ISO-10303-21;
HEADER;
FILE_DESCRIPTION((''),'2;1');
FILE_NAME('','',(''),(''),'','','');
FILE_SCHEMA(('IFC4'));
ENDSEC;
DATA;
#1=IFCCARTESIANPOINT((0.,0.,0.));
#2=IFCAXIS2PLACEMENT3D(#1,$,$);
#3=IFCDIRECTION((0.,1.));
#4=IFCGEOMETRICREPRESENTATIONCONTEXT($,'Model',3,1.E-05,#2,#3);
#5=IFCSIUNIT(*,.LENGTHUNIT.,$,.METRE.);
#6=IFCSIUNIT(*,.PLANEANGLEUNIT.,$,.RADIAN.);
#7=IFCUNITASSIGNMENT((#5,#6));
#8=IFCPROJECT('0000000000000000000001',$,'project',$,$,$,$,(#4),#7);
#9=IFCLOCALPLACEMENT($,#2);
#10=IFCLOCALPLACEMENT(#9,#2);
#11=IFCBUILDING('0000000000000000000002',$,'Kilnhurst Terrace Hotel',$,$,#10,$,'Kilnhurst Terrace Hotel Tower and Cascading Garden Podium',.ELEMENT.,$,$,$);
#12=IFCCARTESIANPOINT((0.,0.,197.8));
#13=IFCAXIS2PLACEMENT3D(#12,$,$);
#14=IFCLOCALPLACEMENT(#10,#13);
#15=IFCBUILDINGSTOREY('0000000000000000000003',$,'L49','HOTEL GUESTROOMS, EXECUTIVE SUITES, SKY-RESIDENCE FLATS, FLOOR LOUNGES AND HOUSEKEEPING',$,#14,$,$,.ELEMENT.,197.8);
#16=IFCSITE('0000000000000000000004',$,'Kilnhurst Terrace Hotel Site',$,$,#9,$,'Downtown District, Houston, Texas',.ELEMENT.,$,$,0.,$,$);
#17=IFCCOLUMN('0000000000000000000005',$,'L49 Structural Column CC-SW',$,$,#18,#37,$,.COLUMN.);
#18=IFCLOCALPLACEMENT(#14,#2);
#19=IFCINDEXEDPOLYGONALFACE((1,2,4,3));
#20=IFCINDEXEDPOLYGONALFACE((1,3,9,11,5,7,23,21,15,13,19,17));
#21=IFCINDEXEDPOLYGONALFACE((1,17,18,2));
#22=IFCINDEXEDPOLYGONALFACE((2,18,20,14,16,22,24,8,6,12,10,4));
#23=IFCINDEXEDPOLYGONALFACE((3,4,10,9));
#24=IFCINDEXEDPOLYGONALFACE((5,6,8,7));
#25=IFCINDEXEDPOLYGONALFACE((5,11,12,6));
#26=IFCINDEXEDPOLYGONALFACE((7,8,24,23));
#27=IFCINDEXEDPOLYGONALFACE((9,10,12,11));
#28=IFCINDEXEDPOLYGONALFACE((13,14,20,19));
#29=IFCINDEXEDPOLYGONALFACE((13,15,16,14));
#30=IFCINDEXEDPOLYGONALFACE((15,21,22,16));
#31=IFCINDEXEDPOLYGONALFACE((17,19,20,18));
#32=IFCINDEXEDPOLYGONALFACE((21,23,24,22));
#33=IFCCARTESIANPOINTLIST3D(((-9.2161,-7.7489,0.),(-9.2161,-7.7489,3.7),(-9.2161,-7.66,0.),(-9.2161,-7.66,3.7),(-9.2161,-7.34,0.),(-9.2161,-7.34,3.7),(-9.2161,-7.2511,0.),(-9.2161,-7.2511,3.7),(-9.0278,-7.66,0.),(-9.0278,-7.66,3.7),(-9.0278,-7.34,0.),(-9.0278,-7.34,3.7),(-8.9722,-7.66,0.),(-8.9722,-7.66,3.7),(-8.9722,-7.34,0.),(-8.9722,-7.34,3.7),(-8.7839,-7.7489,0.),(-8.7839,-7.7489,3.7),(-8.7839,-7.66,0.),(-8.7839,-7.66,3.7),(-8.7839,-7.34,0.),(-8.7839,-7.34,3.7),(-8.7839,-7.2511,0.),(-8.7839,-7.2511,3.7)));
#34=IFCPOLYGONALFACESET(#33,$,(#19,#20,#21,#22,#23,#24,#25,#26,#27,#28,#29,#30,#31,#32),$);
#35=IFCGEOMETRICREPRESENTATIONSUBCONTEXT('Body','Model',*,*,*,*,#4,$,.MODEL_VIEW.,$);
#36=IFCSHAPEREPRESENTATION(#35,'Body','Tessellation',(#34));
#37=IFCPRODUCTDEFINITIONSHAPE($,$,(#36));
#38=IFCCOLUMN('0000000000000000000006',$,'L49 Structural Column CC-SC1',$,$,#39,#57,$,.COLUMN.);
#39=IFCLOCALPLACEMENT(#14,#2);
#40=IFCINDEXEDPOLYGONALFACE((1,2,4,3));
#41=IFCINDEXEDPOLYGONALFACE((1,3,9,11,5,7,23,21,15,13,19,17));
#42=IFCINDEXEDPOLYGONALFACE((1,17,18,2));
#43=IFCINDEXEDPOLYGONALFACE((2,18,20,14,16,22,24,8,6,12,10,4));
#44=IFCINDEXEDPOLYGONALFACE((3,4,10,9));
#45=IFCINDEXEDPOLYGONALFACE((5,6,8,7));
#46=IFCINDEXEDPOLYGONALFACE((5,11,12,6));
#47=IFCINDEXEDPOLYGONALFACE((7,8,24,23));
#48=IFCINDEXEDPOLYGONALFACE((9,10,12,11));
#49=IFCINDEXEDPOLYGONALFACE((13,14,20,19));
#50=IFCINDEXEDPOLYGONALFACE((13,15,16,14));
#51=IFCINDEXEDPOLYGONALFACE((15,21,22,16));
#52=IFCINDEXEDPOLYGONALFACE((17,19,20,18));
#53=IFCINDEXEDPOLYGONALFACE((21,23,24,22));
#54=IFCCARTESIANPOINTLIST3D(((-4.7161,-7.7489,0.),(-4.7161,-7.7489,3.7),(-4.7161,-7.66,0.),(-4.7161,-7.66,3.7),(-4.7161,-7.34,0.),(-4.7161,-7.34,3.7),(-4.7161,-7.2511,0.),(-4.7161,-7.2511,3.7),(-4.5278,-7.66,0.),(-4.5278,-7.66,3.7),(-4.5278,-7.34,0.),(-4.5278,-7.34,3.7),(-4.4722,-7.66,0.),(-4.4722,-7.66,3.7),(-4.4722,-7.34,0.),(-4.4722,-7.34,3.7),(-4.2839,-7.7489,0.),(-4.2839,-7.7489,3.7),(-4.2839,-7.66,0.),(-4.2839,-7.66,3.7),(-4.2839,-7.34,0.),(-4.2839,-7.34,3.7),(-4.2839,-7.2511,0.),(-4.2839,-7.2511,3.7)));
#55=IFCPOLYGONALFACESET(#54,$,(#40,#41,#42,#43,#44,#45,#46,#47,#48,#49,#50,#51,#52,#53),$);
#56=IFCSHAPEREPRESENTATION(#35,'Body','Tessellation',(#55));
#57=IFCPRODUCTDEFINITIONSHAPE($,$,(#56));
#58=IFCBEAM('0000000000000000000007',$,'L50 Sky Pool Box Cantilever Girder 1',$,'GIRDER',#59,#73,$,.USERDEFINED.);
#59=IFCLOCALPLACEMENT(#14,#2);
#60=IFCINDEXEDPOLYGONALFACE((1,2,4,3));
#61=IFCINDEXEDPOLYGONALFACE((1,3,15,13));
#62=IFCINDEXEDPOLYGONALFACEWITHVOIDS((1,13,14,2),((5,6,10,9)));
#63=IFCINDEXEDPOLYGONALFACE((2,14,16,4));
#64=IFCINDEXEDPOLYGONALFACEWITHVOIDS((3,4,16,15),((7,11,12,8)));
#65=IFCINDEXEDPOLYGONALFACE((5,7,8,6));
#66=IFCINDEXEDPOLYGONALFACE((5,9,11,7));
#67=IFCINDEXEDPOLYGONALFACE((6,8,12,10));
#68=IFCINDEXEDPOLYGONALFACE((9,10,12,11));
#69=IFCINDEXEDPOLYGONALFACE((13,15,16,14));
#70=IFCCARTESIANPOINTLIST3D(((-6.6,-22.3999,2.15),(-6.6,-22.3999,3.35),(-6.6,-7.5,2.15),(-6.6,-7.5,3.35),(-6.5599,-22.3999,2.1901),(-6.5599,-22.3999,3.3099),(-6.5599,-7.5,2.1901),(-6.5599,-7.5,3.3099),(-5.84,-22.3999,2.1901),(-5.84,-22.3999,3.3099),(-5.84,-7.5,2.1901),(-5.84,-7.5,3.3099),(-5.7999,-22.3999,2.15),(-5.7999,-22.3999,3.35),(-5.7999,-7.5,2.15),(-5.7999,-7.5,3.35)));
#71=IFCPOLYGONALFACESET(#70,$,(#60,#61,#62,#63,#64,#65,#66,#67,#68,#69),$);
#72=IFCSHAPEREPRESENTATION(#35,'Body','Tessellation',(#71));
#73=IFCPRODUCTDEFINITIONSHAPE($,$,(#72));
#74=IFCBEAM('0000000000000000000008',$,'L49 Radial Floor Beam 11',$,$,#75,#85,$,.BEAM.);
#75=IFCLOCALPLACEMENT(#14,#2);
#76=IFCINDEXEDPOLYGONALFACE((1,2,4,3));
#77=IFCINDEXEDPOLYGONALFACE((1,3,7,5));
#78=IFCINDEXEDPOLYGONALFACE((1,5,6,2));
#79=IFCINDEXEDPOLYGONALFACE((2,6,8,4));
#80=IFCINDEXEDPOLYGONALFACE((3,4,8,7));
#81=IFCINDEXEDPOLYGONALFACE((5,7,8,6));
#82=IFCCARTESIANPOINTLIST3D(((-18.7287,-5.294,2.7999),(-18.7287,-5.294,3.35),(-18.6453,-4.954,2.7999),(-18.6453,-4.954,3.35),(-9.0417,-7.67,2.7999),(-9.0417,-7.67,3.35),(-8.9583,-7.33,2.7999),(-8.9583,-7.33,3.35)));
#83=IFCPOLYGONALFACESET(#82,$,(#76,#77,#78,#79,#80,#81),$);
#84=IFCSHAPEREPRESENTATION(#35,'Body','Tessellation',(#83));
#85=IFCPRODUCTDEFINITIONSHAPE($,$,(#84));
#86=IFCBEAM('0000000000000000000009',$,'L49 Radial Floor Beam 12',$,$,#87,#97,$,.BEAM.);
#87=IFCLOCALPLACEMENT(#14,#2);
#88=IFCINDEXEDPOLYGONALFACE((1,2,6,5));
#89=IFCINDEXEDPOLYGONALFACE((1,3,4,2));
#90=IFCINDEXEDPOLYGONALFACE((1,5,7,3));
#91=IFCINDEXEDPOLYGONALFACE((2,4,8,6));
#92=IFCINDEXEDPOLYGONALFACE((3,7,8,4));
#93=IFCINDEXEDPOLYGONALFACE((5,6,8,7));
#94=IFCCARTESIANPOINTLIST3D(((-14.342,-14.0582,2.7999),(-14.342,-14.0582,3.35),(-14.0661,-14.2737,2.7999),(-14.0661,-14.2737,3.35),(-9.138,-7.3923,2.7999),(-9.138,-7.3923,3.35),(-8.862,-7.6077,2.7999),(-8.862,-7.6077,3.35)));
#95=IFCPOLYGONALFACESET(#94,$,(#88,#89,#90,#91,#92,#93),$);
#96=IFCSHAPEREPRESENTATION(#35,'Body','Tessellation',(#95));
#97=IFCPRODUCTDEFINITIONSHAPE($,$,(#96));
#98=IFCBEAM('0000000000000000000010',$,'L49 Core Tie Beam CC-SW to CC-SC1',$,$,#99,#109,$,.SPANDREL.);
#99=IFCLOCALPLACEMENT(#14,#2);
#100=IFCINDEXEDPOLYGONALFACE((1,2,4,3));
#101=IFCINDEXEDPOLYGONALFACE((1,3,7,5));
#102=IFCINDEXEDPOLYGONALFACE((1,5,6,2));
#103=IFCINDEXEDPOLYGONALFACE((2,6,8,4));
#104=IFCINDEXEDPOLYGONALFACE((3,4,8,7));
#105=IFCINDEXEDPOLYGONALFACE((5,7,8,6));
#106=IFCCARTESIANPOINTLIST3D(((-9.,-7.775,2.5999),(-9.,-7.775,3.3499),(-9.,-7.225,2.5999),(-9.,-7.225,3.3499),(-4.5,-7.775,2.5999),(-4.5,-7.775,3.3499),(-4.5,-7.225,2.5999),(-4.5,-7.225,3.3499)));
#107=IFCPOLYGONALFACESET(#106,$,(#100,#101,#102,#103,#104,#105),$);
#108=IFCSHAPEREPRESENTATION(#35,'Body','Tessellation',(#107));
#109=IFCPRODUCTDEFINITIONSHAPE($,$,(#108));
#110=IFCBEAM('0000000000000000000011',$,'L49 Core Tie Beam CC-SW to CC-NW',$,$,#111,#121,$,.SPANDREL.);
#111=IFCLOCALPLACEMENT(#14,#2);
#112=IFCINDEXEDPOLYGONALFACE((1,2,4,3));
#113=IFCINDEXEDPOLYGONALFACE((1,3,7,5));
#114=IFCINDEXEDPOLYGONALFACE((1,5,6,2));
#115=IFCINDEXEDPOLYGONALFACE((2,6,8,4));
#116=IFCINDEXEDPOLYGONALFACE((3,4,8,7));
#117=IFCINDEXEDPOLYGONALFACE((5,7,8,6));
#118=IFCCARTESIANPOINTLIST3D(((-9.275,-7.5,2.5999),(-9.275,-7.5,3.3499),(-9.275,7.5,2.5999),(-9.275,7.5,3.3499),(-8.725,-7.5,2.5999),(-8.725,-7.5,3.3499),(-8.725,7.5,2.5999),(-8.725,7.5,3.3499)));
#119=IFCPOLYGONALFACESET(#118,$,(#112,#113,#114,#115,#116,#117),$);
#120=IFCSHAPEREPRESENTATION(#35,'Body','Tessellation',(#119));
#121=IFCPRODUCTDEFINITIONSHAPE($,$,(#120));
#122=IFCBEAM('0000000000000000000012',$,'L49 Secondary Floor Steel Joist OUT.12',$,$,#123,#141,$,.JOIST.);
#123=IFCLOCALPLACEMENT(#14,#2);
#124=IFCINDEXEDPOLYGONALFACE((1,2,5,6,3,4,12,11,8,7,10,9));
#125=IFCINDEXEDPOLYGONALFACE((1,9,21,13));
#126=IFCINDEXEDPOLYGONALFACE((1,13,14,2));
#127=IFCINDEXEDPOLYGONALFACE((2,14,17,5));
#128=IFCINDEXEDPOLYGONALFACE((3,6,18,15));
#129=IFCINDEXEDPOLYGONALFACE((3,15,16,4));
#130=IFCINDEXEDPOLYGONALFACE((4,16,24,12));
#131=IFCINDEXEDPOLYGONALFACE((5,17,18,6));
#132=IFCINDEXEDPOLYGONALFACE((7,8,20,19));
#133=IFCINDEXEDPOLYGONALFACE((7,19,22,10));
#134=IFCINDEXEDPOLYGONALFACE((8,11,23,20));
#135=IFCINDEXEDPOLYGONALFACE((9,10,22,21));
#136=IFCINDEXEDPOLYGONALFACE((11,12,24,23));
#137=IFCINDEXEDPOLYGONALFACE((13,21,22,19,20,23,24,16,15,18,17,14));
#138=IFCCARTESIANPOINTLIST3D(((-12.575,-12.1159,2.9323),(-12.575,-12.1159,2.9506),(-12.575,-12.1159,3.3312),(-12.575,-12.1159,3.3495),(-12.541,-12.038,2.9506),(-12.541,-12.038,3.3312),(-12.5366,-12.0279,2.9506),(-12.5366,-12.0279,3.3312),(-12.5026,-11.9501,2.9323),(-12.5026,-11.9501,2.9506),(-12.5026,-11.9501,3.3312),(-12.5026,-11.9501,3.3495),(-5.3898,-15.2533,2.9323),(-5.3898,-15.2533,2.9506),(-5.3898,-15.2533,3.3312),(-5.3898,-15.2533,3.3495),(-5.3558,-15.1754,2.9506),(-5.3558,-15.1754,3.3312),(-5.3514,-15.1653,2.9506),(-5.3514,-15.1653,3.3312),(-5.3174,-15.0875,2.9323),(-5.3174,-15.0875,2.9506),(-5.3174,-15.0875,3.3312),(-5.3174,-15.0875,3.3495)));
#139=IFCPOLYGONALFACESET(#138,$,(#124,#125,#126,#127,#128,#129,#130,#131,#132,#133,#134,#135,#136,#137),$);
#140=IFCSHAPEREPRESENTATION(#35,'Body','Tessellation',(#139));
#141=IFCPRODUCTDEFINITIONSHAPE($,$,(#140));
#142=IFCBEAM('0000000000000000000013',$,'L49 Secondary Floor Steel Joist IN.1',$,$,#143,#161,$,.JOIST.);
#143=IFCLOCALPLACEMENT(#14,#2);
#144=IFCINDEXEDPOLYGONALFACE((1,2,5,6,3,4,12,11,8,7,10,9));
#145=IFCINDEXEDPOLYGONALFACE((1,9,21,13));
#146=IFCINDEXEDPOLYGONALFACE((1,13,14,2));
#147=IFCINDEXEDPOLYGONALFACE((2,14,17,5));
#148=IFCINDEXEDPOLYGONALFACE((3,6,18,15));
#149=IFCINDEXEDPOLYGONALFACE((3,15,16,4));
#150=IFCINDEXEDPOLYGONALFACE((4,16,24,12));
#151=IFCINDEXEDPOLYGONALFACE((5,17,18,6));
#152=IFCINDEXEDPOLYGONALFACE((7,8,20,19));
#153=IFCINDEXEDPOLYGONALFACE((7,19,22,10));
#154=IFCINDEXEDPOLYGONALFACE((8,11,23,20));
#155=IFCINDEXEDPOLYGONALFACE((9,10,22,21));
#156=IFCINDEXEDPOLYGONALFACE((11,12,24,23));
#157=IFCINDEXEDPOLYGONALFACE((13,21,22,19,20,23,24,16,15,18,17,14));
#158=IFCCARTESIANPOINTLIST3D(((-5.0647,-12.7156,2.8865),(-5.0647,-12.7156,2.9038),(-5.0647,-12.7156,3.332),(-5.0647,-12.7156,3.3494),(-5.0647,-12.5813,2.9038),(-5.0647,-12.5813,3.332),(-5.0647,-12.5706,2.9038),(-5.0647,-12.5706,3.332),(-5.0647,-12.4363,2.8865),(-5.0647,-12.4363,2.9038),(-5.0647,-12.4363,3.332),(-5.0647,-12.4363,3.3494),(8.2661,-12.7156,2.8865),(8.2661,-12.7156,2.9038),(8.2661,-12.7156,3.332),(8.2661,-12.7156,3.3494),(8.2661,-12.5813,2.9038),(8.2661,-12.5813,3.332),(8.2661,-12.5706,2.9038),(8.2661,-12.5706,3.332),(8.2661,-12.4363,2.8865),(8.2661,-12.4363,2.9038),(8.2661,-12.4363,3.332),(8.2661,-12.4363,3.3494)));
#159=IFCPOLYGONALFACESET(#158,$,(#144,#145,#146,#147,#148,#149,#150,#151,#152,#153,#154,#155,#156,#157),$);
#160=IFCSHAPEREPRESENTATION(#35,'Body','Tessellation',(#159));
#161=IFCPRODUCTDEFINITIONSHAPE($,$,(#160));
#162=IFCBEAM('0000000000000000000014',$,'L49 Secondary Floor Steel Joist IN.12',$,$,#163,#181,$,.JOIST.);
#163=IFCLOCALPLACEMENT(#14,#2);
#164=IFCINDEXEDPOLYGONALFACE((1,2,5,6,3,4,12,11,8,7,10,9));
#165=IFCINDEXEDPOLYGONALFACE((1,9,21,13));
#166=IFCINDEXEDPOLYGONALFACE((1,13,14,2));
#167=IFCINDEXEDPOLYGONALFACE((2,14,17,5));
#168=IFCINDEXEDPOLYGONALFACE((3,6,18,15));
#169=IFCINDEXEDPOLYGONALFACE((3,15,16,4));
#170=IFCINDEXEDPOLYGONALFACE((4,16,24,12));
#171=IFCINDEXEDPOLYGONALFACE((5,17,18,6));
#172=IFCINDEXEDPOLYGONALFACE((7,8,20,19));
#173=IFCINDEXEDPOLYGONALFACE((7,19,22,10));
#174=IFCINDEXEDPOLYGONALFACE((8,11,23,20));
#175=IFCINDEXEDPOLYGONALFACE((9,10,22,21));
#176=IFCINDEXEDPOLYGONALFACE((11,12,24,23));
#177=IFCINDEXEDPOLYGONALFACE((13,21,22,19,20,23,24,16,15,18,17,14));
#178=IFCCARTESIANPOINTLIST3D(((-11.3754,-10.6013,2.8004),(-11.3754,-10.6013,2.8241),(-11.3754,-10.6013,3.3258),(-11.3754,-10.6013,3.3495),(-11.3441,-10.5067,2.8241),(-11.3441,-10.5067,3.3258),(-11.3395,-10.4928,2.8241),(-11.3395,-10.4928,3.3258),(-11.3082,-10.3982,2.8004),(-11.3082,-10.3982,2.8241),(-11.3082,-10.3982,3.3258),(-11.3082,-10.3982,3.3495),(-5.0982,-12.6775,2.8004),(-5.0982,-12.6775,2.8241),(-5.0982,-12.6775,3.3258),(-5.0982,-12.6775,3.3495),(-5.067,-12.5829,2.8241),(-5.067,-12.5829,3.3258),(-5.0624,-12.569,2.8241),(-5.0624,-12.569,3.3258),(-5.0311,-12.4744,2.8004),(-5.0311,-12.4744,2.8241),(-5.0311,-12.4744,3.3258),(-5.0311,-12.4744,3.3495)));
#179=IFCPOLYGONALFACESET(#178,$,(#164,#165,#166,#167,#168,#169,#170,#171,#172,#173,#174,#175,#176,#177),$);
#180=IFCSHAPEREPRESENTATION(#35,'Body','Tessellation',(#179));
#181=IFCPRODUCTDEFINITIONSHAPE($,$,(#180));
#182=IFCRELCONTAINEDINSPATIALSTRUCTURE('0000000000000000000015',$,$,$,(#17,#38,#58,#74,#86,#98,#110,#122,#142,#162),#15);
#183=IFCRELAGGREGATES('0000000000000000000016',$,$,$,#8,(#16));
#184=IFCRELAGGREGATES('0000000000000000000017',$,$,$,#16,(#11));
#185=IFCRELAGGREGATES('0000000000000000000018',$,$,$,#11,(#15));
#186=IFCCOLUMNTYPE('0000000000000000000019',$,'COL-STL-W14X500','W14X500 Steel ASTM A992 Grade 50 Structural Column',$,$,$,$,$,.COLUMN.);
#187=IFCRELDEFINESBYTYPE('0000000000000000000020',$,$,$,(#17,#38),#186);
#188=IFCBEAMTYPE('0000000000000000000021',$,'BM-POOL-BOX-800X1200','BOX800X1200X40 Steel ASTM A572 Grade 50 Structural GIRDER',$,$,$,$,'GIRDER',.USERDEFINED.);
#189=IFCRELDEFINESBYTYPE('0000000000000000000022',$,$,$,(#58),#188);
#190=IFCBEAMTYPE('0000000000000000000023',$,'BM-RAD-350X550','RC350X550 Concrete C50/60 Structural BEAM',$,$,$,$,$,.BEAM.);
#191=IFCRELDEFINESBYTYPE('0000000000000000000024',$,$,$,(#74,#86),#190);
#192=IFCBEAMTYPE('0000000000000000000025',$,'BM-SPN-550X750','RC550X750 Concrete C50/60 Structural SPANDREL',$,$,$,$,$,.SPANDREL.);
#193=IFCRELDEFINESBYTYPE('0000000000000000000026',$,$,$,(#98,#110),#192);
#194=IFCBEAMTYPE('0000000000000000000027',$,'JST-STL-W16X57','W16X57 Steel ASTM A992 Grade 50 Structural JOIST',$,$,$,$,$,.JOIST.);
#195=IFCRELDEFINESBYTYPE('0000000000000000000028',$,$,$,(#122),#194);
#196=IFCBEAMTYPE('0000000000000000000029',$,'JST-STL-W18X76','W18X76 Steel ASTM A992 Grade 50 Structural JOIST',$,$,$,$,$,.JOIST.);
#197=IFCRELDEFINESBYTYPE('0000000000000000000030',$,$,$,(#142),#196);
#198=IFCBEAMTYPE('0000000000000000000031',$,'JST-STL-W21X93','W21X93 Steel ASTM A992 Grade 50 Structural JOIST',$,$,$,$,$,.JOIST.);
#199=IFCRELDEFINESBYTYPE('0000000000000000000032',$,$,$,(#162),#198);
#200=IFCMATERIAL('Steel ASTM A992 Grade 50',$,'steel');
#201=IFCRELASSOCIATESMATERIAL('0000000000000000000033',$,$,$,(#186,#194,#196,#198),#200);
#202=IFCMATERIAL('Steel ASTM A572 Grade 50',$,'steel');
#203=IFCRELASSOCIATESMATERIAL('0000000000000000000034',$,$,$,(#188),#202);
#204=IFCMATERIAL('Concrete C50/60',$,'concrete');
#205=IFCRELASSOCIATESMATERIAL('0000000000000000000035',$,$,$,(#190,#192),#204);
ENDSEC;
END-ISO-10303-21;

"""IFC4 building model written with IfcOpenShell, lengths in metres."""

from ifc_helpers import new_model, si_unit, direction, frame, origin, origin_2d, place, context, subcontext, project, spatial, rectangle, hollow_rectangle, i_section, extrude, material, material_profile, profile_set, type_object, element, save


model = new_model("IFC4")

# Units and contexts
model_context = context("Model", 3, precision=1e-05, world=origin(), true_north=direction((0.0, 1.0)))
body_context = subcontext(model_context, "Body", "Model", "MODEL_VIEW")
ifc_project = project(units=[si_unit("LENGTHUNIT", "METRE"), si_unit("PLANEANGLEUNIT", "RADIAN")], contexts=[model_context])

# Site, building, storey
site_placement = place(None, origin())
site = spatial("IfcSite", under=ifc_project, at=site_placement, Name="Kilnhurst Terrace Hotel Site", LongName="Downtown District, Houston, Texas", CompositionType="ELEMENT", RefElevation=0.0)
building_placement = place(site_placement, origin())
building = spatial("IfcBuilding", under=site, at=building_placement, Name="Kilnhurst Terrace Hotel", LongName="Kilnhurst Terrace Hotel Tower and Cascading Garden Podium", CompositionType="ELEMENT")
storey_placement = place(building_placement, frame((0.0, 0.0, 197.8)))
storey = spatial("IfcBuildingStorey", under=building, at=storey_placement, Name="L49", Description="HOTEL GUESTROOMS, EXECUTIVE SUITES, SKY-RESIDENCE FLATS, FLOOR LOUNGES AND HOUSEKEEPING", CompositionType="ELEMENT", Elevation=197.8)

# Columns
ifc_material_1 = material(Name="Steel ASTM A992 Grade 50", Category="steel")
ifc_material_profile_1 = material_profile(ifc_material_1, i_section(OverallWidth=0.4321, OverallDepth=0.4978, WebThickness=0.0557, FlangeThickness=0.0889, at=origin_2d()), Name="W14X500")
ifc_profile_set_1 = profile_set([ifc_material_profile_1], Name="Steel ASTM A992 Grade 50")
column_type = type_object("IfcColumnType", Name="COL-STL-W14X500", Description="W14X500 Steel ASTM A992 Grade 50 Structural Column", PredefinedType="COLUMN", material=ifc_profile_set_1)
for number, where, z_axis, x_axis, name in (
    (1, (-9.0, -7.5, 0.0), (0.0, 0.0, 1.0), (1.0, 0.0, 0.0), "L49 Structural Column CC-SW"),
    (2, (-4.5, -7.5, 0.0), (0.0, 0.0, 1.0), (1.0, 0.0, 0.0), "L49 Structural Column CC-SC1"),
):
    element("IfcColumn", number, at=place(storey_placement, frame(where, z_axis=z_axis, x_axis=x_axis)), inside=storey, type_object=column_type, Name=name, PredefinedType="COLUMN", context=body_context, shape_type="SweptSolid", body=[
        extrude(i_section(OverallWidth=0.4321, OverallDepth=0.4978, WebThickness=0.0557, FlangeThickness=0.0889, at=origin_2d()), origin(), (0.0, 0.0, 1.0), 3.7),
    ])

# Beams
ifc_material_2 = material(Name="Steel ASTM A572 Grade 50", Category="steel")
ifc_material_profile_2 = material_profile(ifc_material_2, hollow_rectangle(XDim=0.8, YDim=1.2, WallThickness=0.04, at=origin_2d()), Name="BOX800X1200X40")
ifc_profile_set_2 = profile_set([ifc_material_profile_2], Name="Steel ASTM A572 Grade 50")
beam_type_1 = type_object("IfcBeamType", Name="BM-POOL-BOX-800X1200", Description="BOX800X1200X40 Steel ASTM A572 Grade 50 Structural GIRDER", ElementType="GIRDER", PredefinedType="USERDEFINED", material=ifc_profile_set_2)
beam_1_placement = place(storey_placement, frame((-6.2, -7.5, 2.75), z_axis=(0.0, -1.0, 0.0), x_axis=(1.0, 0.0, 0.0)))
element("IfcBeam", 3, at=beam_1_placement, inside=storey, type_object=beam_type_1, Name="L50 Sky Pool Box Cantilever Girder 1", ObjectType="GIRDER", PredefinedType="USERDEFINED", context=body_context, shape_type="SweptSolid", body=[
    extrude(hollow_rectangle(XDim=0.8, YDim=1.2, WallThickness=0.04, at=origin_2d()), origin(), (0.0, 0.0, 1.0), 14.8999),
])
ifc_material_3 = material(Name="Concrete C50/60", Category="concrete")
ifc_material_profile_3 = material_profile(ifc_material_3, rectangle(XDim=0.3501, YDim=0.55, at=origin_2d()), Name="RC350X550")
ifc_profile_set_3 = profile_set([ifc_material_profile_3], Name="Concrete C50/60")
beam_type_2 = type_object("IfcBeamType", Name="BM-RAD-350X550", Description="RC350X550 Concrete C50/60 Structural BEAM", PredefinedType="BEAM", material=ifc_profile_set_3)
beam_2_placement = place(storey_placement, frame((-9.0, -7.5, 3.075), z_axis=(-0.971213, 0.238214, 0.0), x_axis=(-0.238214, -0.971213, 0.0)))
element("IfcBeam", 4, at=beam_2_placement, inside=storey, type_object=beam_type_2, Name="L49 Radial Floor Beam 11", PredefinedType="BEAM", context=body_context, shape_type="SweptSolid", body=[
    extrude(rectangle(XDim=0.3501, YDim=0.55, at=origin_2d()), origin(), (0.0, 0.0, 1.0), 9.9741),
])
beam_3_placement = place(storey_placement, frame((-9.0, -7.5, 3.075), z_axis=(-0.615371, -0.788238, 0.0), x_axis=(0.788238, -0.615371, 0.0)))
element("IfcBeam", 5, at=beam_3_placement, inside=storey, type_object=beam_type_2, Name="L49 Radial Floor Beam 12", PredefinedType="BEAM", context=body_context, shape_type="SweptSolid", body=[
    extrude(rectangle(XDim=0.3501, YDim=0.55, at=origin_2d()), origin(), (0.0, 0.0, 1.0), 8.4568),
])
ifc_material_profile_4 = material_profile(ifc_material_3, rectangle(XDim=0.55, YDim=0.75, at=origin_2d()), Name="RC550X750")
ifc_profile_set_4 = profile_set([ifc_material_profile_4], Name="Concrete C50/60")
beam_type_3 = type_object("IfcBeamType", Name="BM-SPN-550X750", Description="RC550X750 Concrete C50/60 Structural SPANDREL", PredefinedType="SPANDREL", material=ifc_profile_set_4)
beam_4_placement = place(storey_placement, frame((-9.0, -7.5, 2.9749), z_axis=(1.0, 0.0, 0.0), x_axis=(0.0, 1.0, 0.0)))
element("IfcBeam", 6, at=beam_4_placement, inside=storey, type_object=beam_type_3, Name="L49 Core Tie Beam CC-SW to CC-SC1", PredefinedType="SPANDREL", context=body_context, shape_type="SweptSolid", body=[
    extrude(rectangle(XDim=0.55, YDim=0.75, at=origin_2d()), origin(), (0.0, 0.0, 1.0), 4.5),
])
beam_5_placement = place(storey_placement, frame((-9.0, -7.5, 2.9749), z_axis=(0.0, 1.0, 0.0), x_axis=(-1.0, 0.0, 0.0)))
element("IfcBeam", 7, at=beam_5_placement, inside=storey, type_object=beam_type_3, Name="L49 Core Tie Beam CC-SW to CC-NW", PredefinedType="SPANDREL", context=body_context, shape_type="SweptSolid", body=[
    extrude(rectangle(XDim=0.55, YDim=0.75, at=origin_2d()), origin(), (0.0, 0.0, 1.0), 15.0),
])
ifc_material_profile_5 = material_profile(ifc_material_1, i_section(OverallWidth=0.1809, OverallDepth=0.4172, WebThickness=0.011, FlangeThickness=0.0183, at=origin_2d()), Name="W16X57")
ifc_profile_set_5 = profile_set([ifc_material_profile_5], Name="Steel ASTM A992 Grade 50")
beam_type_4 = type_object("IfcBeamType", Name="JST-STL-W16X57", Description="W16X57 Steel ASTM A992 Grade 50 Structural JOIST", PredefinedType="JOIST", material=ifc_profile_set_5)
beam_6_placement = place(storey_placement, frame((-12.5388, -12.033, 3.1409), z_axis=(0.916444, -0.400164, 0.0), x_axis=(0.400164, 0.916444, 0.0)))
element("IfcBeam", 8, at=beam_6_placement, inside=storey, type_object=beam_type_4, Name="L49 Secondary Floor Steel Joist OUT.12", PredefinedType="JOIST", context=body_context, shape_type="SweptSolid", body=[
    extrude(i_section(OverallWidth=0.1809, OverallDepth=0.4172, WebThickness=0.011, FlangeThickness=0.0183, at=origin_2d()), origin(), (0.0, 0.0, 1.0), 7.8403),
])
ifc_material_profile_6 = material_profile(ifc_material_1, i_section(OverallWidth=0.2793, OverallDepth=0.4629, WebThickness=0.0107, FlangeThickness=0.0173, at=origin_2d()), Name="W18X76")
ifc_profile_set_6 = profile_set([ifc_material_profile_6], Name="Steel ASTM A992 Grade 50")
beam_type_5 = type_object("IfcBeamType", Name="JST-STL-W18X76", Description="W18X76 Steel ASTM A992 Grade 50 Structural JOIST", PredefinedType="JOIST", material=ifc_profile_set_6)
beam_7_placement = place(storey_placement, frame((-5.0647, -12.5759, 3.1179), z_axis=(1.0, 0.0, 0.0), x_axis=(0.0, 1.0, 0.0)))
element("IfcBeam", 9, at=beam_7_placement, inside=storey, type_object=beam_type_5, Name="L49 Secondary Floor Steel Joist IN.1", PredefinedType="JOIST", context=body_context, shape_type="SweptSolid", body=[
    extrude(i_section(OverallWidth=0.2793, OverallDepth=0.4629, WebThickness=0.0107, FlangeThickness=0.0173, at=origin_2d()), origin(), (0.0, 0.0, 1.0), 13.3308),
])
ifc_material_profile_7 = material_profile(ifc_material_1, i_section(OverallWidth=0.2139, OverallDepth=0.5491, WebThickness=0.0146, FlangeThickness=0.0237, at=origin_2d()), Name="W21X93")
ifc_profile_set_7 = profile_set([ifc_material_profile_7], Name="Steel ASTM A992 Grade 50")
beam_type_6 = type_object("IfcBeamType", Name="JST-STL-W21X93", Description="W21X93 Steel ASTM A992 Grade 50 Structural JOIST", PredefinedType="JOIST", material=ifc_profile_set_7)
beam_8_placement = place(storey_placement, frame((-11.3418, -10.4998, 3.075), z_axis=(0.949416, -0.314022, 0.0), x_axis=(0.314022, 0.949416, 0.0)))
element("IfcBeam", 10, at=beam_8_placement, inside=storey, type_object=beam_type_6, Name="L49 Secondary Floor Steel Joist IN.12", PredefinedType="JOIST", context=body_context, shape_type="SweptSolid", body=[
    extrude(i_section(OverallWidth=0.2139, OverallDepth=0.5491, WebThickness=0.0146, FlangeThickness=0.0237, at=origin_2d()), origin(), (0.0, 0.0, 1.0), 6.6116),
])

save(model, "model.ifc")
